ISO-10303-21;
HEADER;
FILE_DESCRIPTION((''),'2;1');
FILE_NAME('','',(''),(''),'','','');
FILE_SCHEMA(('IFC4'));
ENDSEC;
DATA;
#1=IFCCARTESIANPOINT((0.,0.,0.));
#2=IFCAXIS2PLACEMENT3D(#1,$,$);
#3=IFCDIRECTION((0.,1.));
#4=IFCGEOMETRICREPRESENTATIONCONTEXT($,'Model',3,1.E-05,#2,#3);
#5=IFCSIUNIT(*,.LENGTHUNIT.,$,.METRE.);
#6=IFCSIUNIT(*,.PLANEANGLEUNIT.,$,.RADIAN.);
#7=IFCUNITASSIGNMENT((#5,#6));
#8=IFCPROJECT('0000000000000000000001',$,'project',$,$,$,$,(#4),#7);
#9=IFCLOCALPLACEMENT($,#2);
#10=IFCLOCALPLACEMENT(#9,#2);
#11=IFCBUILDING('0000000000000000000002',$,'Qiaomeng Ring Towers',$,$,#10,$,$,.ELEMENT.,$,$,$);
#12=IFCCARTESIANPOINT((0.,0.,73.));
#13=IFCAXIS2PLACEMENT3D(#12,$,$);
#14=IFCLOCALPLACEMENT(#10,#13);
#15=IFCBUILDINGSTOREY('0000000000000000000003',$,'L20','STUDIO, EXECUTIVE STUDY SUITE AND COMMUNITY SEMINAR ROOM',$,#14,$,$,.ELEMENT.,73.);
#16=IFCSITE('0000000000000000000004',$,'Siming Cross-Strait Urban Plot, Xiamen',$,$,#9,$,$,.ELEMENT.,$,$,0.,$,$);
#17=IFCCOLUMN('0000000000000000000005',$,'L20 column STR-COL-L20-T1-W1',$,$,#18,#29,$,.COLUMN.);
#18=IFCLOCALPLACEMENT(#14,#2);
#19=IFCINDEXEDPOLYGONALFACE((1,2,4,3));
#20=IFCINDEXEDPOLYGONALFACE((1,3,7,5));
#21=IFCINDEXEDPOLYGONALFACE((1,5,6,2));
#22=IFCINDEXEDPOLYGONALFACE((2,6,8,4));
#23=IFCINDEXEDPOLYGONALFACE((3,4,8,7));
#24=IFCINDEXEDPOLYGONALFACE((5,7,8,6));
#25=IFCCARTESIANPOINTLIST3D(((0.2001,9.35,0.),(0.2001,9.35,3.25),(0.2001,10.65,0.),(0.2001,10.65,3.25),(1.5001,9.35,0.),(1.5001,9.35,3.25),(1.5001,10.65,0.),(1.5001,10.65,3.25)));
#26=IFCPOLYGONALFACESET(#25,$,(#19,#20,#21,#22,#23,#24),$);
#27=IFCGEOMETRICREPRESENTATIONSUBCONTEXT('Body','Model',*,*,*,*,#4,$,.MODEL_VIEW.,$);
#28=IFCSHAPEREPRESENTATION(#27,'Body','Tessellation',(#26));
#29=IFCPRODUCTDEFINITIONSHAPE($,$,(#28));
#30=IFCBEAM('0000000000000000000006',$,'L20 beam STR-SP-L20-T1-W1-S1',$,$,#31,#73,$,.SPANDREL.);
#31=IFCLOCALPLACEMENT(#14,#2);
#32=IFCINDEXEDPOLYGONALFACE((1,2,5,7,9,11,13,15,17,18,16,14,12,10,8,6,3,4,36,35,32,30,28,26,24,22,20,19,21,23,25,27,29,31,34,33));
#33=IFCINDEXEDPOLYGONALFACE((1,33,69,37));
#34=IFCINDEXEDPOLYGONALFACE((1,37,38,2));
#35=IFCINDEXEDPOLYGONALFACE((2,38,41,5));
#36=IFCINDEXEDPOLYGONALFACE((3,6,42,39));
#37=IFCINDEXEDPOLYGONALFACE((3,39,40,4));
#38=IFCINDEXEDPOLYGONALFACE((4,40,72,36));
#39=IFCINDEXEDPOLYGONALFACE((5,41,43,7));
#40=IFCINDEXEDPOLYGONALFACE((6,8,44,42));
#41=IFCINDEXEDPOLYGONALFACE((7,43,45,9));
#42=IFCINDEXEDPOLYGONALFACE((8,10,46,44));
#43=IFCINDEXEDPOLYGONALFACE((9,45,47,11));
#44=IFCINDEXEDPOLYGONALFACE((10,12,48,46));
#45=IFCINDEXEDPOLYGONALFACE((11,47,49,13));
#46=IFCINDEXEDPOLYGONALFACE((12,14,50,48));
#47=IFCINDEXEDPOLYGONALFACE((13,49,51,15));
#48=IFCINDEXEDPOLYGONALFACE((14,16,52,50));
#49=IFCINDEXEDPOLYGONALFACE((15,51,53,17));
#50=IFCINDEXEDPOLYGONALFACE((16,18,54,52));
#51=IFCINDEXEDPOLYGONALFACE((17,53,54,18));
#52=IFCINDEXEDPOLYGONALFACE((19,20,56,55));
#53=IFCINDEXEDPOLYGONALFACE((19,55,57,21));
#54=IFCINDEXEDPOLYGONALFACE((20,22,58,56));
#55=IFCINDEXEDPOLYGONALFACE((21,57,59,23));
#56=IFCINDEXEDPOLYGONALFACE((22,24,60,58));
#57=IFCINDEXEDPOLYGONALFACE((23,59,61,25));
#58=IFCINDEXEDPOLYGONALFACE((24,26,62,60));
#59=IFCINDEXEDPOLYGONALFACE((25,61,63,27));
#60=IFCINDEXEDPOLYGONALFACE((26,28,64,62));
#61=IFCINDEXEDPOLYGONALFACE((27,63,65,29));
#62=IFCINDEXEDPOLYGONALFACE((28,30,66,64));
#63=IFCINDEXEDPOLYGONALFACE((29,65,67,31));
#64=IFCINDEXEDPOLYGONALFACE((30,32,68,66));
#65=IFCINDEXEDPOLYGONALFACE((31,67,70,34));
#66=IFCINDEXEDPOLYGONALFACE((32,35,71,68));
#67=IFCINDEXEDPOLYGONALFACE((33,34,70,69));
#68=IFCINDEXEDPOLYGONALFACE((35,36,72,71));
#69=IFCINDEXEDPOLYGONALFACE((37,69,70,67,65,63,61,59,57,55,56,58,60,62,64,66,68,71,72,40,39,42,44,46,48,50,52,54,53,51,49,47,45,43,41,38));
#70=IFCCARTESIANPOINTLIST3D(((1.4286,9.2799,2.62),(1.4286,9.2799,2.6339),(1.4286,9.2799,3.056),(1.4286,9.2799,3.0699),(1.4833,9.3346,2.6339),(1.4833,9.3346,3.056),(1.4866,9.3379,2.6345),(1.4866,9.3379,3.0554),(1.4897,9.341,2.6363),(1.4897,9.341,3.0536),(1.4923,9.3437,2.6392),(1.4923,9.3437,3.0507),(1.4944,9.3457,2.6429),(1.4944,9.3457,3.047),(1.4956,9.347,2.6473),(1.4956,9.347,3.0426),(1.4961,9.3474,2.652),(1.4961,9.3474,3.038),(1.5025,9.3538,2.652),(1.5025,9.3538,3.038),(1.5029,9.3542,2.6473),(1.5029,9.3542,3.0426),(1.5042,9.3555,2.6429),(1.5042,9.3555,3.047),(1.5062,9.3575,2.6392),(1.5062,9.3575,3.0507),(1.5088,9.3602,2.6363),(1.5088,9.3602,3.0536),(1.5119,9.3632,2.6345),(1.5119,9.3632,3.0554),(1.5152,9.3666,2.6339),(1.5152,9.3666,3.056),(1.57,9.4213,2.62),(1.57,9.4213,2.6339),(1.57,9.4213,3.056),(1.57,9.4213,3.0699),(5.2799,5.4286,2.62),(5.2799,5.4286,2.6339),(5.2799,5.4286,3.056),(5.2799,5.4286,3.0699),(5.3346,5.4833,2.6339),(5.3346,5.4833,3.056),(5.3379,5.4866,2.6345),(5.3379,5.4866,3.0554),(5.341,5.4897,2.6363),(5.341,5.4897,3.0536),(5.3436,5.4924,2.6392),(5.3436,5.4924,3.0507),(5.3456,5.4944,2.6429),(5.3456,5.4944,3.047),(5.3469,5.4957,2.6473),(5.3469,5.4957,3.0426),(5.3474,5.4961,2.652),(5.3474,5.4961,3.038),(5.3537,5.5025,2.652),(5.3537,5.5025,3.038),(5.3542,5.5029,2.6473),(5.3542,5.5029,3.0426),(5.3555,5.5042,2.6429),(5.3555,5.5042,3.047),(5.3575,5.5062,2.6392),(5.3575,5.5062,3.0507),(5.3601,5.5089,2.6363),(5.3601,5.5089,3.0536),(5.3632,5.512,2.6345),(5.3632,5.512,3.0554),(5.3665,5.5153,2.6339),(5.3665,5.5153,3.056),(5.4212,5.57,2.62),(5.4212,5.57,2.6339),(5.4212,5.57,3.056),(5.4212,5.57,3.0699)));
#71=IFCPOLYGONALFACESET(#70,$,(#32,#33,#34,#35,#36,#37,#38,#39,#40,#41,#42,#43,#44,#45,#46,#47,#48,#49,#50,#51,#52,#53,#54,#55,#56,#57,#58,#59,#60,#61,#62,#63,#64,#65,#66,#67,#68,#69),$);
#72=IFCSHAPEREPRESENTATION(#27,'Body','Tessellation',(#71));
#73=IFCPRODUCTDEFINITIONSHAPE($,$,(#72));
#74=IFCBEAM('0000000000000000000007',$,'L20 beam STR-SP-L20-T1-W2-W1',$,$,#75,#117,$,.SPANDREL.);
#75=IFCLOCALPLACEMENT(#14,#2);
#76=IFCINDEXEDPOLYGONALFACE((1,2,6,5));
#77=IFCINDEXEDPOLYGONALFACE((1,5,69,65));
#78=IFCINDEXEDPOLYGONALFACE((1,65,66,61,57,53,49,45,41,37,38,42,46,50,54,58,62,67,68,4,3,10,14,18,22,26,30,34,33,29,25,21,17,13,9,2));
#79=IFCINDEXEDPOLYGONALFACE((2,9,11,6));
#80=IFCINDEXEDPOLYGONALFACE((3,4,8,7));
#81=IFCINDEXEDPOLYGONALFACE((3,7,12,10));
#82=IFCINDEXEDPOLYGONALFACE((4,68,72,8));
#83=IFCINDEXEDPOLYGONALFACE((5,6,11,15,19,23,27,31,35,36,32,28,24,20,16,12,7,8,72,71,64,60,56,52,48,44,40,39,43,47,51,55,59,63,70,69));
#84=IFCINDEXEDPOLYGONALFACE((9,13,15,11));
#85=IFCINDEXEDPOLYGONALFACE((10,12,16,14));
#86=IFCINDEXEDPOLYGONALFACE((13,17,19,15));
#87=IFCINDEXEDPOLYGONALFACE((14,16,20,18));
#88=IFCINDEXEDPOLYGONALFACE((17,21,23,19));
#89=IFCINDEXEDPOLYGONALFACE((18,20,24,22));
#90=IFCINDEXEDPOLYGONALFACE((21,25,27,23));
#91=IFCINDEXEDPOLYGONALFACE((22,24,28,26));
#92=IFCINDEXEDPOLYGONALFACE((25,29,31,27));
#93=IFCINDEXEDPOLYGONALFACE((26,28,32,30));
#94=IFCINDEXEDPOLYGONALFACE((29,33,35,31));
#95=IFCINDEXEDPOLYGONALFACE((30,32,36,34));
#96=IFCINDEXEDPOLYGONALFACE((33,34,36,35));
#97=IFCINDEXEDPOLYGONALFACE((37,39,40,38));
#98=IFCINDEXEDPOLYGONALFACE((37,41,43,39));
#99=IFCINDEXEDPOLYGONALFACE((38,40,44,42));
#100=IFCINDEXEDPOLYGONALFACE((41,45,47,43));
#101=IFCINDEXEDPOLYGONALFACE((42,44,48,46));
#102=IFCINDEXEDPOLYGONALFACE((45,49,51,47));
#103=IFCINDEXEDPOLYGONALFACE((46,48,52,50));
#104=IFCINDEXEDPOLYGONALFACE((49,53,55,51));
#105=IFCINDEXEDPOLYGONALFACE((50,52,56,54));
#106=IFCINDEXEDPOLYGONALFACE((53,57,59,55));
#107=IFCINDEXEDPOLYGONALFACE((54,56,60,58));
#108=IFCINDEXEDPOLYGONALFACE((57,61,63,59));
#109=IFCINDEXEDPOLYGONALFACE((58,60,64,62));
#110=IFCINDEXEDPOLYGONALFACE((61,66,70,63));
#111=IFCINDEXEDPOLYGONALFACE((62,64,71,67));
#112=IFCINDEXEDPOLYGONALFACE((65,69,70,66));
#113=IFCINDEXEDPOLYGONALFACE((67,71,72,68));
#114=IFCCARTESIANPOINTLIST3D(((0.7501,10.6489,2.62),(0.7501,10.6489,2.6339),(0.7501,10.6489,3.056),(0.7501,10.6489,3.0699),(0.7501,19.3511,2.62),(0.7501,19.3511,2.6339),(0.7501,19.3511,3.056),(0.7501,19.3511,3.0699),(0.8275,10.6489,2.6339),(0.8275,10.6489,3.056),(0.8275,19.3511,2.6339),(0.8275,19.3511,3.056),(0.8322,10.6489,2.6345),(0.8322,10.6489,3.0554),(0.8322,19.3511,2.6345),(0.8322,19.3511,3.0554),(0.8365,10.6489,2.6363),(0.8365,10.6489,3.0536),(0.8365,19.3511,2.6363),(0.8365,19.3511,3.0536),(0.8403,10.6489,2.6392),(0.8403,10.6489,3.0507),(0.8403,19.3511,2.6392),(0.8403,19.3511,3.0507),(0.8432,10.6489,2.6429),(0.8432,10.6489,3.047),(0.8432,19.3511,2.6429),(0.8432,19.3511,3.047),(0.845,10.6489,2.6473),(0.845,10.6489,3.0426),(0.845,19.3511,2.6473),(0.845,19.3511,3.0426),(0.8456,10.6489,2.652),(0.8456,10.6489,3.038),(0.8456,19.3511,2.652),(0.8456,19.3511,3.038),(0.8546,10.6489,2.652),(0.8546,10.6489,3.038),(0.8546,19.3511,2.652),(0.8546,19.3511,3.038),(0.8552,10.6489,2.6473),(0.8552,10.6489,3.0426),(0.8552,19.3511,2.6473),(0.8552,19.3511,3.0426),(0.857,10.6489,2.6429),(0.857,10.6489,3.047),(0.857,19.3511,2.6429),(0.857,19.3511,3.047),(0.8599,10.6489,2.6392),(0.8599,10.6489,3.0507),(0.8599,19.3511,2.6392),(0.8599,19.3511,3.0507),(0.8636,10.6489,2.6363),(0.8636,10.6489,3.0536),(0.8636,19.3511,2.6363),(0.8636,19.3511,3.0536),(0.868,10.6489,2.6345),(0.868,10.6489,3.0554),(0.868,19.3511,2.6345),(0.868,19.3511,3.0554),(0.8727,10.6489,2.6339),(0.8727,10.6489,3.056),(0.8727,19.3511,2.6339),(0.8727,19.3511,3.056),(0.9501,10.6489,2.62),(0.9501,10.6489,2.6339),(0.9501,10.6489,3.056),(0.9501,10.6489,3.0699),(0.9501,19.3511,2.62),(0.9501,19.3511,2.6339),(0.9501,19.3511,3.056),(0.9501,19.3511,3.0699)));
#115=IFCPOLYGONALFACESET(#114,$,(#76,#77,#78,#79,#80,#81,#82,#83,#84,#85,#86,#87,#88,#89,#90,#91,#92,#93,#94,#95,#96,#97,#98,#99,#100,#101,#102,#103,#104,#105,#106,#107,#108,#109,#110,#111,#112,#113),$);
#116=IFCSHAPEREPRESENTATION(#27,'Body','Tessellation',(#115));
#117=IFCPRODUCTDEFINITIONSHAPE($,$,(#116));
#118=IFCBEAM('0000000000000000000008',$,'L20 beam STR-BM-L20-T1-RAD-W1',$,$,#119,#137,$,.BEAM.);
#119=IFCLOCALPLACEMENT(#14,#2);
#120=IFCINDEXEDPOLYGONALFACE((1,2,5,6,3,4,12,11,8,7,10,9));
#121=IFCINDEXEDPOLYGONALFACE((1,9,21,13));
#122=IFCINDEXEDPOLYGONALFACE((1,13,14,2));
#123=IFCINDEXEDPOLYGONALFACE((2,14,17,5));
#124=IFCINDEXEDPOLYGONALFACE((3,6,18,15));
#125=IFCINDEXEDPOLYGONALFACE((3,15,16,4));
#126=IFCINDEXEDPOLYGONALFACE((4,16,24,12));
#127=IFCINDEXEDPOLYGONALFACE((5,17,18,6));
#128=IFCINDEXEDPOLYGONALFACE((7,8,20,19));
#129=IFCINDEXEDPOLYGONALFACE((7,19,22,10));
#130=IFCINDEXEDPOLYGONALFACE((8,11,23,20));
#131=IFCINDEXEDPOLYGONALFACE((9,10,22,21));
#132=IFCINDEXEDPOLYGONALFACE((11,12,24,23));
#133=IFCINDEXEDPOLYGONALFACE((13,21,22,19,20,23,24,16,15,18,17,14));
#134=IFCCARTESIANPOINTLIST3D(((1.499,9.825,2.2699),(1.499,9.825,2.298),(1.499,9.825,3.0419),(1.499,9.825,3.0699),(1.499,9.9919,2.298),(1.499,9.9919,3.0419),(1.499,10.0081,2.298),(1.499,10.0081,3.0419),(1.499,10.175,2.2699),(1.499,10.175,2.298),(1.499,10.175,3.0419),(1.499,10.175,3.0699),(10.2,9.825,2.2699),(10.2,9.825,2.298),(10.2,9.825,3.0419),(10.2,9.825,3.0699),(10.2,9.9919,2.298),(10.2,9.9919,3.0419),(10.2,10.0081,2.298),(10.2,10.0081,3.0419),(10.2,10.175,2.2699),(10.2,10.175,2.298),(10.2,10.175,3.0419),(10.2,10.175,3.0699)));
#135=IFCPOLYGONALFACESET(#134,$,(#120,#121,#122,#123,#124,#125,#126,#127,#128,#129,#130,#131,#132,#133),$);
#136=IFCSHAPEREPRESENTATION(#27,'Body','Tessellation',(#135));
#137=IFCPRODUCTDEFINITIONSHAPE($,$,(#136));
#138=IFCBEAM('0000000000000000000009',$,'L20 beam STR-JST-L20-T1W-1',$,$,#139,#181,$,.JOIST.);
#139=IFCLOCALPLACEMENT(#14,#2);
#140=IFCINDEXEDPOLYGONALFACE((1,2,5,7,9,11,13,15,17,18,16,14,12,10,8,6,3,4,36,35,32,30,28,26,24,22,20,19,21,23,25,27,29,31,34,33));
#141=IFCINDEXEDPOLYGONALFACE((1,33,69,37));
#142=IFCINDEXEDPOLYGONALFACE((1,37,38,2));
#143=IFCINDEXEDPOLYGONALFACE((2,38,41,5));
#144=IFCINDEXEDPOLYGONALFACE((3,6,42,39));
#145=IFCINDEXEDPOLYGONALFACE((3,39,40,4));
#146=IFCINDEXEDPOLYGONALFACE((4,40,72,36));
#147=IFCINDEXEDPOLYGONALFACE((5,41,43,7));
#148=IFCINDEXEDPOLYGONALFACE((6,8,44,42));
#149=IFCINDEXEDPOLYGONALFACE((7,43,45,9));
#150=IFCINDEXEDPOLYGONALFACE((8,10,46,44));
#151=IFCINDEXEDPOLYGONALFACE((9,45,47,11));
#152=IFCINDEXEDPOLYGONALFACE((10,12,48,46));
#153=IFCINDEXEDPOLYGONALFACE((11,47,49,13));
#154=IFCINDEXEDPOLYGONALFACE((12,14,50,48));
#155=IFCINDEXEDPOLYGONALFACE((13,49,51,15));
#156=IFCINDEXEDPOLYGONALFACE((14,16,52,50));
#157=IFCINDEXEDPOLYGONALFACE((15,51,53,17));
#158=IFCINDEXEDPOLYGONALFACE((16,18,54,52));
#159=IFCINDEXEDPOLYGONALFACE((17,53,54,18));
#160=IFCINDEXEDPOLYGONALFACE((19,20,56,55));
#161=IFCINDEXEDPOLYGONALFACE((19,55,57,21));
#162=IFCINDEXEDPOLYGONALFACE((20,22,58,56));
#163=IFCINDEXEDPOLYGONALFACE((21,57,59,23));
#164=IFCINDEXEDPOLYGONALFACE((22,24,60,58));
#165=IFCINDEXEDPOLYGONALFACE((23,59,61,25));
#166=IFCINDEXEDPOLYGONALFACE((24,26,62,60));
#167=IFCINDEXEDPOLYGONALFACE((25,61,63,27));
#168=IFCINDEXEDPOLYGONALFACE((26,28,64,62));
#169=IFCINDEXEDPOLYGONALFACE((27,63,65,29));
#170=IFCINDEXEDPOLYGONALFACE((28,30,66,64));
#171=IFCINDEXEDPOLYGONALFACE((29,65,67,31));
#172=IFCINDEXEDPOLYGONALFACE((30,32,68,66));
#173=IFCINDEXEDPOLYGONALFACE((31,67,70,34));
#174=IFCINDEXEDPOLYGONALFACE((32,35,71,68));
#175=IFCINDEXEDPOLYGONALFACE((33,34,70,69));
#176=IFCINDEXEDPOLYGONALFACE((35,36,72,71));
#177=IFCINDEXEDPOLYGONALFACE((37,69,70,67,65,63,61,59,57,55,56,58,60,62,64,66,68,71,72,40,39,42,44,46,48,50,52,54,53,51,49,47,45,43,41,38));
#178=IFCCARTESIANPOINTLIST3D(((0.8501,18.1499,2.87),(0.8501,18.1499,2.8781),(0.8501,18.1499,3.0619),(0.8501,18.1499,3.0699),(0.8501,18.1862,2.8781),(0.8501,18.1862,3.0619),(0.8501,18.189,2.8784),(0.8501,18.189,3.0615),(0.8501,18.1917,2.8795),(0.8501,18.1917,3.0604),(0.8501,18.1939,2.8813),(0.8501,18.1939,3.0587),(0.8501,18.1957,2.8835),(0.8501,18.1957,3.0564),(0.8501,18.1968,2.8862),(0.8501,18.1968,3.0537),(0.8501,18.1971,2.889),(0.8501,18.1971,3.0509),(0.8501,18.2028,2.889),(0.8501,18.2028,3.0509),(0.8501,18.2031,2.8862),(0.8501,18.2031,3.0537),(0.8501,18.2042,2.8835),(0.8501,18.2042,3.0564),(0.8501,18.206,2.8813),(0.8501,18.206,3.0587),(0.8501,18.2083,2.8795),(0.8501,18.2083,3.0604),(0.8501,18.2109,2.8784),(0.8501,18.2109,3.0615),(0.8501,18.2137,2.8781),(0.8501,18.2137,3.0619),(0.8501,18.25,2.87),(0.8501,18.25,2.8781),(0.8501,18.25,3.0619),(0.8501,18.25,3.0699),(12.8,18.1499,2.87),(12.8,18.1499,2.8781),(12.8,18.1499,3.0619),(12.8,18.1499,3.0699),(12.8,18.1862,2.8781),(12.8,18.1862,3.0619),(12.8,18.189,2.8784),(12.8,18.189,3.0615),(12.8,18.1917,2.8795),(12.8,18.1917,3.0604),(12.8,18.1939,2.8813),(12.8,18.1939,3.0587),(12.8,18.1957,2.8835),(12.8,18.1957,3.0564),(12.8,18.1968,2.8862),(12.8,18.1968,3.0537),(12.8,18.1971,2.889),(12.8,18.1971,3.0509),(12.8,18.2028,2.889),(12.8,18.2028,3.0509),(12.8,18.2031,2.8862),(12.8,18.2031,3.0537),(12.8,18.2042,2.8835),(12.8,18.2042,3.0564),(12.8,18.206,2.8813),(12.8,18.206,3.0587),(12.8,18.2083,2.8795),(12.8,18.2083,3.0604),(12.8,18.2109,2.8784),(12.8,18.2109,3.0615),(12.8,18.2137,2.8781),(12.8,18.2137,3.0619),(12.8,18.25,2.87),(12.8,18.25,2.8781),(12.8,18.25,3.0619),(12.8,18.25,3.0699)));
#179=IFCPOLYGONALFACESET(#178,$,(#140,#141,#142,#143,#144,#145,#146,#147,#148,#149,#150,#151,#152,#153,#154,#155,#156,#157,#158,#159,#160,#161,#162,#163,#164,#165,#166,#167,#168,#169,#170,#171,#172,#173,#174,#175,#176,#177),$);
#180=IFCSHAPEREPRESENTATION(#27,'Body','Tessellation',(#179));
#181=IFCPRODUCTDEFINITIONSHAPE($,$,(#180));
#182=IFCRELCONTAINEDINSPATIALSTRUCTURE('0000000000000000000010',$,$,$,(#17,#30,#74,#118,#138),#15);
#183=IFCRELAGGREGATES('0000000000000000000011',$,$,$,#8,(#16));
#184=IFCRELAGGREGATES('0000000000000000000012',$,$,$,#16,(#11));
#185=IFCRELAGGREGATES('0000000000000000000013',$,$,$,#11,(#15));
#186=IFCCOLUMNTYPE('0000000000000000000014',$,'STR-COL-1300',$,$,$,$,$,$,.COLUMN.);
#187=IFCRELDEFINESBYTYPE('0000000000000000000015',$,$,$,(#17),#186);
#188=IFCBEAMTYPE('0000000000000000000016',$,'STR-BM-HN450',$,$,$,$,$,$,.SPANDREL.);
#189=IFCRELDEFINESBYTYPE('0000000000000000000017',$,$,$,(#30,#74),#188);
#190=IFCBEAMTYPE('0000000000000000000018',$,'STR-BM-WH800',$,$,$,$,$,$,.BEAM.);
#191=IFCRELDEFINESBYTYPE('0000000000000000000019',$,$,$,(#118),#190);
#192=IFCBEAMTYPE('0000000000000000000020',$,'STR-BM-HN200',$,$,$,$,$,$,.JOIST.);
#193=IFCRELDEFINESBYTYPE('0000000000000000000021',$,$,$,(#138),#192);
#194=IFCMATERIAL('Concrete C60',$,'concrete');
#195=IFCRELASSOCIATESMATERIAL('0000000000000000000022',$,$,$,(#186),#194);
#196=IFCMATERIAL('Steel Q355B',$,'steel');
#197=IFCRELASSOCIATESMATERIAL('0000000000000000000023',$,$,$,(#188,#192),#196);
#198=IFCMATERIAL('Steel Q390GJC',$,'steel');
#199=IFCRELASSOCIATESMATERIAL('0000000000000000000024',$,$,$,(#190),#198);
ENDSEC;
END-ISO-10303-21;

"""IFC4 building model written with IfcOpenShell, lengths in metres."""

from ifc_helpers import new_model, si_unit, direction, frame, origin, origin_2d, place, context, subcontext, project, spatial, rectangle, i_section, extrude, source, transform, mapped, material, material_profile, profile_set, type_object, element, save


model = new_model("IFC4")

# Units and contexts
model_context = context("Model", 3, precision=1e-05, world=origin(), true_north=direction((0.0, 1.0)))
body_context = subcontext(model_context, "Body", "Model", "MODEL_VIEW")
ifc_project = project(units=[si_unit("LENGTHUNIT", "METRE"), si_unit("PLANEANGLEUNIT", "RADIAN")], contexts=[model_context])

# Site, building, storey
site_placement = place(None, origin())
site = spatial("IfcSite", under=ifc_project, at=site_placement, Name="Siming Cross-Strait Urban Plot, Xiamen", CompositionType="ELEMENT", RefElevation=0.0)
building_placement = place(site_placement, origin())
building = spatial("IfcBuilding", under=site, at=building_placement, Name="Qiaomeng Ring Towers", CompositionType="ELEMENT")
storey_placement = place(building_placement, frame((0.0, 0.0, 73.0)))
storey = spatial("IfcBuildingStorey", under=building, at=storey_placement, Name="L20", Description="STUDIO, EXECUTIVE STUDY SUITE AND COMMUNITY SEMINAR ROOM", CompositionType="ELEMENT", Elevation=73.0)

# Column
ifc_material_1 = material(Name="Concrete C60", Category="concrete")
ifc_material_profile_1 = material_profile(ifc_material_1, rectangle(XDim=1.3, YDim=1.3, at=origin_2d()), Name="RC COL 1300x1300")
ifc_profile_set_1 = profile_set([ifc_material_profile_1], Name="Concrete C60")
column_type = type_object("IfcColumnType", Name="STR-COL-1300", PredefinedType="COLUMN", material=ifc_profile_set_1)
shared_shape_1 = source(origin(), body_context, "Body", "SweptSolid", [
    extrude(rectangle(XDim=1.3, YDim=1.3, at=origin_2d()), origin(), (0.0, 0.0, 1.0), 3.25),
])
column_placement = place(storey_placement, frame((0.8501, 10.0, 0.0), z_axis=(0.0, 0.0, 1.0), x_axis=(1.0, 0.0, 0.0)))
element("IfcColumn", 1, at=column_placement, inside=storey, type_object=column_type, Name="L20 column STR-COL-L20-T1-W1", PredefinedType="COLUMN", context=body_context, shape_type="MappedRepresentation", body=[
    mapped(shared_shape_1, transform((0.0, 0.0, 0.0), x_axis=(1.0, 0.0, 0.0), y_axis=(0.0, 1.0, 0.0), z_axis=(0.0, 0.0, 1.0), scale=1.0)),
])

# Beams
ifc_material_2 = material(Name="Steel Q355B", Category="steel")
ifc_material_profile_2 = material_profile(ifc_material_2, i_section(OverallWidth=0.2, OverallDepth=0.45, WebThickness=0.009, FlangeThickness=0.0139, FilletRadius=0.0181, at=origin_2d()), Name="HN 450x200x9x14")
ifc_profile_set_2 = profile_set([ifc_material_profile_2], Name="Steel Q355B")
beam_type_1 = type_object("IfcBeamType", Name="STR-BM-HN450", PredefinedType="SPANDREL", material=ifc_profile_set_2)
shared_shape_2 = source(origin(), body_context, "Body", "SweptSolid", [
    extrude(i_section(OverallWidth=0.2, OverallDepth=0.45, WebThickness=0.009, FlangeThickness=0.0139, FilletRadius=0.0181, at=origin_2d()), origin(), (0.0, 0.0, 1.0), 5.4465),
])
beam_1_placement = place(storey_placement, frame((1.4993, 9.3506, 2.845), z_axis=(0.707107, -0.707107, 0.0), x_axis=(0.707107, 0.707107, 0.0)))
element("IfcBeam", 2, at=beam_1_placement, inside=storey, type_object=beam_type_1, Name="L20 beam STR-SP-L20-T1-W1-S1", PredefinedType="SPANDREL", context=body_context, shape_type="MappedRepresentation", body=[
    mapped(shared_shape_2, transform((0.0, 0.0, 0.0), x_axis=(1.0, 0.0, 0.0), y_axis=(0.0, 1.0, 0.0), z_axis=(0.0, 0.0, 1.0), scale=1.0)),
])
shared_shape_3 = source(origin(), body_context, "Body", "SweptSolid", [
    extrude(i_section(OverallWidth=0.2, OverallDepth=0.45, WebThickness=0.009, FlangeThickness=0.0139, FilletRadius=0.0181, at=origin_2d()), origin(), (0.0, 0.0, 1.0), 8.7021),
])
beam_2_placement = place(storey_placement, frame((0.8501, 19.3511, 2.845), z_axis=(0.0, -1.0, 0.0), x_axis=(1.0, 0.0, 0.0)))
element("IfcBeam", 3, at=beam_2_placement, inside=storey, type_object=beam_type_1, Name="L20 beam STR-SP-L20-T1-W2-W1", PredefinedType="SPANDREL", context=body_context, shape_type="MappedRepresentation", body=[
    mapped(shared_shape_3, transform((0.0, 0.0, 0.0), x_axis=(1.0, 0.0, 0.0), y_axis=(0.0, 1.0, 0.0), z_axis=(0.0, 0.0, 1.0), scale=1.0)),
])
ifc_material_3 = material(Name="Steel Q390GJC", Category="steel")
ifc_material_profile_3 = material_profile(ifc_material_3, i_section(OverallWidth=0.3501, OverallDepth=0.8, WebThickness=0.0161, FlangeThickness=0.0281, at=origin_2d()), Name="WH 800x350x16x28")
ifc_profile_set_3 = profile_set([ifc_material_profile_3], Name="Steel Q390GJC")
beam_type_2 = type_object("IfcBeamType", Name="STR-BM-WH800", PredefinedType="BEAM", material=ifc_profile_set_3)
shared_shape_4 = source(origin(), body_context, "Body", "SweptSolid", [
    extrude(i_section(OverallWidth=0.3501, OverallDepth=0.8, WebThickness=0.0161, FlangeThickness=0.0281, at=origin_2d()), origin(), (0.0, 0.0, 1.0), 8.7009),
])
beam_3_placement = place(storey_placement, frame((1.499, 10.0, 2.6699), z_axis=(1.0, 0.0, 0.0), x_axis=(0.0, 1.0, 0.0)))
element("IfcBeam", 4, at=beam_3_placement, inside=storey, type_object=beam_type_2, Name="L20 beam STR-BM-L20-T1-RAD-W1", PredefinedType="BEAM", context=body_context, shape_type="MappedRepresentation", body=[
    mapped(shared_shape_4, transform((0.0, 0.0, 0.0), x_axis=(1.0, 0.0, 0.0), y_axis=(0.0, 1.0, 0.0), z_axis=(0.0, 0.0, 1.0), scale=1.0)),
])
ifc_material_profile_4 = material_profile(ifc_material_2, i_section(OverallWidth=0.1001, OverallDepth=0.2, WebThickness=0.0056, FlangeThickness=0.0081, FilletRadius=0.011, at=origin_2d()), Name="HN 200x100x5.5x8")
ifc_profile_set_4 = profile_set([ifc_material_profile_4], Name="Steel Q355B")
beam_type_3 = type_object("IfcBeamType", Name="STR-BM-HN200", PredefinedType="JOIST", material=ifc_profile_set_4)
shared_shape_5 = source(origin(), body_context, "Body", "SweptSolid", [
    extrude(i_section(OverallWidth=0.1001, OverallDepth=0.2, WebThickness=0.0056, FlangeThickness=0.0081, FilletRadius=0.011, at=origin_2d()), origin(), (0.0, 0.0, 1.0), 11.95),
])
beam_4_placement = place(storey_placement, frame((0.8501, 18.2, 2.97), z_axis=(1.0, 0.0, 0.0), x_axis=(0.0, 1.0, 0.0)))
element("IfcBeam", 5, at=beam_4_placement, inside=storey, type_object=beam_type_3, Name="L20 beam STR-JST-L20-T1W-1", PredefinedType="JOIST", context=body_context, shape_type="MappedRepresentation", body=[
    mapped(shared_shape_5, transform((0.0, 0.0, 0.0), x_axis=(1.0, 0.0, 0.0), y_axis=(0.0, 1.0, 0.0), z_axis=(0.0, 0.0, 1.0), scale=1.0)),
])

save(model, "model.ifc")
